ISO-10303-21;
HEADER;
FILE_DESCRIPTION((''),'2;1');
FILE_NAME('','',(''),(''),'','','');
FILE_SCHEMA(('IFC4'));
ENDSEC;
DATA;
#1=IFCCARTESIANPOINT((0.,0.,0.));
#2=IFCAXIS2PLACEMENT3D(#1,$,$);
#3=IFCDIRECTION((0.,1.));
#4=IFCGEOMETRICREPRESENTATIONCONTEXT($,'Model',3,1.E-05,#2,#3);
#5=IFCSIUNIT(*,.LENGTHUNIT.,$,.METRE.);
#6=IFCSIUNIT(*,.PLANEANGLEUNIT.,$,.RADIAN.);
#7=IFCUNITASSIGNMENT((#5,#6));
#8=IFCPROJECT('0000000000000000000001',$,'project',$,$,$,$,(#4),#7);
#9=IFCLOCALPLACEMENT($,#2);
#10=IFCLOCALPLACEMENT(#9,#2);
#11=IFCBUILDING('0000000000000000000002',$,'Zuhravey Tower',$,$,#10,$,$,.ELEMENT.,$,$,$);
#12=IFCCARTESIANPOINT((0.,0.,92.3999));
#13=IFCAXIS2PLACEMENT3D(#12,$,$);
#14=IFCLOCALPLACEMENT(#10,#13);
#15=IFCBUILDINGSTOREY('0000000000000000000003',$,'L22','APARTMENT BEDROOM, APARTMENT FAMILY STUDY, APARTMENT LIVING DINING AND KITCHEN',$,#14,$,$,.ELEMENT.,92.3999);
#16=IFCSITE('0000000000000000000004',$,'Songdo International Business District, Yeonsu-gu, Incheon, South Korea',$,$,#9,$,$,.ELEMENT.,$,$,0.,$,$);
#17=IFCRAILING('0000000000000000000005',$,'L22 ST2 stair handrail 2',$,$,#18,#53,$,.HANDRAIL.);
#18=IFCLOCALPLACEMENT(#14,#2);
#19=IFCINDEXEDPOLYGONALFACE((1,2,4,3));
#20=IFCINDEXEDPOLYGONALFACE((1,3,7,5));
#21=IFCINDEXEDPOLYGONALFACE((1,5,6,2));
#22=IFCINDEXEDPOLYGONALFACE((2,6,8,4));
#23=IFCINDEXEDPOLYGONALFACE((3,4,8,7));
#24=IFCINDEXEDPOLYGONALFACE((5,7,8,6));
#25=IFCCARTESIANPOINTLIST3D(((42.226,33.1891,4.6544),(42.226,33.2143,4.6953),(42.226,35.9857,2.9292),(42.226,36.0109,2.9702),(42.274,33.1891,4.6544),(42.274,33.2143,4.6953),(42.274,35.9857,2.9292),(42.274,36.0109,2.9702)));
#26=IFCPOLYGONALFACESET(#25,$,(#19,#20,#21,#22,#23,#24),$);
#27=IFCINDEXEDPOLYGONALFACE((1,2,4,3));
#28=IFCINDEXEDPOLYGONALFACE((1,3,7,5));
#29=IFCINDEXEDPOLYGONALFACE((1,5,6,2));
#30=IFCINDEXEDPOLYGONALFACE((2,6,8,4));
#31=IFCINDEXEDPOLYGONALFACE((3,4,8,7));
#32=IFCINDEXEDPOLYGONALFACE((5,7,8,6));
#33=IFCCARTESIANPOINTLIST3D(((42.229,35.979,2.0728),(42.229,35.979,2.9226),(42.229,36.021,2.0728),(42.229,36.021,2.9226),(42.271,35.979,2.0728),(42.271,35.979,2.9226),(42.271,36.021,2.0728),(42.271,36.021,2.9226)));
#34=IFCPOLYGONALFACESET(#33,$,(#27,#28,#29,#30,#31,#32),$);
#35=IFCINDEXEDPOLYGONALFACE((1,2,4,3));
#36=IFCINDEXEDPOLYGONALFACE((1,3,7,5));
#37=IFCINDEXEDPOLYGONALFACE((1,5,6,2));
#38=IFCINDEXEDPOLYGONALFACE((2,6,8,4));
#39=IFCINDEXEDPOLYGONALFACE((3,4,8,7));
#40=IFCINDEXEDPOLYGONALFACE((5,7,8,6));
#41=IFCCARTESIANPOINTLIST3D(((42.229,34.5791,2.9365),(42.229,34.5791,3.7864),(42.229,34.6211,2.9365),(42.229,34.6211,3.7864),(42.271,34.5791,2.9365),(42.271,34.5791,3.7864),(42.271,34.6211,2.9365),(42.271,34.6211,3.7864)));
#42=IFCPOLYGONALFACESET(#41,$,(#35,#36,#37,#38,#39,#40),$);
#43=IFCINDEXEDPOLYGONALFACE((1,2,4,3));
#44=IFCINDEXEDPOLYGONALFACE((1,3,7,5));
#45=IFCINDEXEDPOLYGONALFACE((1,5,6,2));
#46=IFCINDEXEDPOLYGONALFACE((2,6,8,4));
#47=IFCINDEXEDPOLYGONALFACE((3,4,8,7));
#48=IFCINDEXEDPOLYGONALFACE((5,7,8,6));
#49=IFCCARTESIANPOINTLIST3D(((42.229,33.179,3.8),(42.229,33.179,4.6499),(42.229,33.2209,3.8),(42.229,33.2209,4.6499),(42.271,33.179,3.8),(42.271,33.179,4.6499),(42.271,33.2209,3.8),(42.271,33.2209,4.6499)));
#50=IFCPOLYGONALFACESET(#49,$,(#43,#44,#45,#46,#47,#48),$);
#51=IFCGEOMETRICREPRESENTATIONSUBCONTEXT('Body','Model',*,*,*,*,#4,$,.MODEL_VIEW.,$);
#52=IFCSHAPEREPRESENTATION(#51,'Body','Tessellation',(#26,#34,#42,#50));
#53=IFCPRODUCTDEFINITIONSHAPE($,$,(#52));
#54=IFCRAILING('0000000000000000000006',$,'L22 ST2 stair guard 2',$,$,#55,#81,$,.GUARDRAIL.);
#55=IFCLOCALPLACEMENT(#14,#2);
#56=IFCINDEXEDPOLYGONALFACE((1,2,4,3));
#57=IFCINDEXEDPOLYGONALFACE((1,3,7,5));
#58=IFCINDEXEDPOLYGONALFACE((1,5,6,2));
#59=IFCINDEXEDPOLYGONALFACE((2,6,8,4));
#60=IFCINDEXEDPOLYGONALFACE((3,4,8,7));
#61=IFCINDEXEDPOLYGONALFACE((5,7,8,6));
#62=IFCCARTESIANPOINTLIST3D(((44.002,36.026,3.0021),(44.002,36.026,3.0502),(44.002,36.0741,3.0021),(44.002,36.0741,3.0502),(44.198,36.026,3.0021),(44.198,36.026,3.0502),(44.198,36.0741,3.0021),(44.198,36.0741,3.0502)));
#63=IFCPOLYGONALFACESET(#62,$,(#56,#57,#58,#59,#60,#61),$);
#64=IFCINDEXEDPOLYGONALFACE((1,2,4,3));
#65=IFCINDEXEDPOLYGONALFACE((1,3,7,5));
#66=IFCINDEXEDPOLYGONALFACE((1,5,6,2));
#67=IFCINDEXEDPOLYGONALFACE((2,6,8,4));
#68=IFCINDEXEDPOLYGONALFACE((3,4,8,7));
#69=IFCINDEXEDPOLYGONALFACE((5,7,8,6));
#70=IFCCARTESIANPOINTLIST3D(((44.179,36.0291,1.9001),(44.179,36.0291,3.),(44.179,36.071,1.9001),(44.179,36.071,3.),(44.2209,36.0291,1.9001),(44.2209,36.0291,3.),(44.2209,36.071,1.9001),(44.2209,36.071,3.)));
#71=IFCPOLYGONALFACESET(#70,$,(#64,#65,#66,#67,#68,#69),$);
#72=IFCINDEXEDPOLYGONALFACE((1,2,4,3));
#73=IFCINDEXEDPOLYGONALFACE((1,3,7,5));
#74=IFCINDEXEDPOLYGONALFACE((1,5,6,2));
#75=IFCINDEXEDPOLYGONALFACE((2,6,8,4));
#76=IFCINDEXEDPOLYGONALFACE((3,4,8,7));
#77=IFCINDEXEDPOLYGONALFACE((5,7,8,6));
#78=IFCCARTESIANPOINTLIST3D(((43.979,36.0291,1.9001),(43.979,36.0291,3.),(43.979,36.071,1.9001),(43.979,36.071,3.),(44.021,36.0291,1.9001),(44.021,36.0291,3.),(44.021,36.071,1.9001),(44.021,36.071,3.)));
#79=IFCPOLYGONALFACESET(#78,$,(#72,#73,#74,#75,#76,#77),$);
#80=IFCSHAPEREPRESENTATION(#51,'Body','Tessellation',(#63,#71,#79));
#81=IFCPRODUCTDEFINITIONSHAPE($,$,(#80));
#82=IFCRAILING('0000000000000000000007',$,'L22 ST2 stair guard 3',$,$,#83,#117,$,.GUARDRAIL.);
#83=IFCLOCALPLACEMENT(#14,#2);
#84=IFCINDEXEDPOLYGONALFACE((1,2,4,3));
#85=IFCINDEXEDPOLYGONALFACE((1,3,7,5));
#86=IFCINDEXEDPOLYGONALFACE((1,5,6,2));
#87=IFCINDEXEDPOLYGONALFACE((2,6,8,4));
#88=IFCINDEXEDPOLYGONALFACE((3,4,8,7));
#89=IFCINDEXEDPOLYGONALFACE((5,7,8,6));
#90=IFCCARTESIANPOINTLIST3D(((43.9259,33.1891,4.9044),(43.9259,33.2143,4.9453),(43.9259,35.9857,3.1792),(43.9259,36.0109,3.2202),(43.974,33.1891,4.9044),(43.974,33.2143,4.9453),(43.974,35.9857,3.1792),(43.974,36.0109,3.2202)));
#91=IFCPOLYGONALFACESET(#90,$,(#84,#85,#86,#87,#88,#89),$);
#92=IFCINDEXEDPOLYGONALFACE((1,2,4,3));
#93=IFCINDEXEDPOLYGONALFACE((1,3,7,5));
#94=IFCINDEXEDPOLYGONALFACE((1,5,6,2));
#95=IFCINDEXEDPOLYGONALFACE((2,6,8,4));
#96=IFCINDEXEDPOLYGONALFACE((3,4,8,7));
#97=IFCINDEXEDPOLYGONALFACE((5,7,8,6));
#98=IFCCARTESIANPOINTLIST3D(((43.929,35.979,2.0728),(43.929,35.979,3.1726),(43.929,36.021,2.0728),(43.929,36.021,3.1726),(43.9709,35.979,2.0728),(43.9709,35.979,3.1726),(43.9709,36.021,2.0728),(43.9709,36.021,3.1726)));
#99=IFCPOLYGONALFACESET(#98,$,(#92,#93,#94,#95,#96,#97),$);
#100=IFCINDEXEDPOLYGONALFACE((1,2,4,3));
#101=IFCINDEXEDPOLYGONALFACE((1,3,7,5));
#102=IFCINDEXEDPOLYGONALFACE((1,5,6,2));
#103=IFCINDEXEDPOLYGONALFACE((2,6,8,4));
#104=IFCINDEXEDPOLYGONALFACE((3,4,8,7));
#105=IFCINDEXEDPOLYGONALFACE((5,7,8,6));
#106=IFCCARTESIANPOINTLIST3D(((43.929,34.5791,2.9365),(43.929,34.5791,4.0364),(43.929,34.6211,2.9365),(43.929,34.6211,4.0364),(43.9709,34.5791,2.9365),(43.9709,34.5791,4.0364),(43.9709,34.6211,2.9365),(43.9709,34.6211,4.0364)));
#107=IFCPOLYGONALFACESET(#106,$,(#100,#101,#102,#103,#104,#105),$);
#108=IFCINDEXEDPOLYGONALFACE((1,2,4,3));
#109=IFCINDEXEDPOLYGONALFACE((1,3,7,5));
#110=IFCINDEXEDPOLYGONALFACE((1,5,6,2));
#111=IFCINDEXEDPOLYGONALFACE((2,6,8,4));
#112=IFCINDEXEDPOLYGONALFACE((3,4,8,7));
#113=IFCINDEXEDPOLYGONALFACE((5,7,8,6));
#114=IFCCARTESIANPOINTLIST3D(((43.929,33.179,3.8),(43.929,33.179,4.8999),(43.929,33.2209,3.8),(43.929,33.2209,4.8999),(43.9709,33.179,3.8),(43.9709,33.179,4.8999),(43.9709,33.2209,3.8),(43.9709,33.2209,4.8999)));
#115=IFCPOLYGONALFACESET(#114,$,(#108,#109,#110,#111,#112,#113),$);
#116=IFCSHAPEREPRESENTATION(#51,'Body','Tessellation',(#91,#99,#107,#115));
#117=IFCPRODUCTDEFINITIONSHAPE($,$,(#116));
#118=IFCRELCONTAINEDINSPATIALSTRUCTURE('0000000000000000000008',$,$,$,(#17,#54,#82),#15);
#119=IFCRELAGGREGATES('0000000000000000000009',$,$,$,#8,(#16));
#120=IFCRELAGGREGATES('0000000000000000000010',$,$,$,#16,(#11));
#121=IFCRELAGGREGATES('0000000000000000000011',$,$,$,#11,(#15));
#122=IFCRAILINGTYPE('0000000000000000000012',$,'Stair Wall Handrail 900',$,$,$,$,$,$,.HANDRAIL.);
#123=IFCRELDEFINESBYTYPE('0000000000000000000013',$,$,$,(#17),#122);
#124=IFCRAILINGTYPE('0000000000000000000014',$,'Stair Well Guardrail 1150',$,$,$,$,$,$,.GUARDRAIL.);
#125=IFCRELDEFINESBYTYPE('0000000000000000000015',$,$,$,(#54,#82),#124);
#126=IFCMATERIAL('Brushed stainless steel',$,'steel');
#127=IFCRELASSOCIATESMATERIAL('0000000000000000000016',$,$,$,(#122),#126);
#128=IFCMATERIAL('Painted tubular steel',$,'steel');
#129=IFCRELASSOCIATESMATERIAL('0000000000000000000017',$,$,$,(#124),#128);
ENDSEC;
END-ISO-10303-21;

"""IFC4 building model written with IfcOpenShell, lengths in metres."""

from ifc_helpers import new_model, si_unit, direction, frame, origin, origin_2d, place, context, subcontext, project, spatial, rectangle, extrude, material, type_object, element, save


model = new_model("IFC4")

# Units and contexts
model_context = context("Model", 3, precision=1e-05, world=origin(), true_north=direction((0.0, 1.0)))
body_context = subcontext(model_context, "Body", "Model", "MODEL_VIEW")
ifc_project = project(units=[si_unit("LENGTHUNIT", "METRE"), si_unit("PLANEANGLEUNIT", "RADIAN")], contexts=[model_context])

# Site, building, storey
site_placement = place(None, origin())
site = spatial("IfcSite", under=ifc_project, at=site_placement, Name="Songdo International Business District, Yeonsu-gu, Incheon, South Korea", CompositionType="ELEMENT", RefElevation=0.0)
building_placement = place(site_placement, origin())
building = spatial("IfcBuilding", under=site, at=building_placement, Name="Zuhravey Tower", CompositionType="ELEMENT")
storey_placement = place(building_placement, frame((0.0, 0.0, 92.3999)))
storey = spatial("IfcBuildingStorey", under=building, at=storey_placement, Name="L22", Description="APARTMENT BEDROOM, APARTMENT FAMILY STUDY, APARTMENT LIVING DINING AND KITCHEN", CompositionType="ELEMENT", Elevation=92.3999)

# Railings
ifc_material_1 = material(Name="Brushed stainless steel", Category="steel")
railing_type_1 = type_object("IfcRailingType", Name="Stair Wall Handrail 900", PredefinedType="HANDRAIL", material=ifc_material_1)
railing_1_placement = place(storey_placement, frame((42.25, 36.0, 2.0728)))
element("IfcRailing", 1, at=railing_1_placement, inside=storey, type_object=railing_type_1, Name="L22 ST2 stair handrail 2", PredefinedType="HANDRAIL", context=body_context, shape_type="SweptSolid", body=[
    extrude(rectangle(XDim=0.0481, YDim=0.0481, at=origin_2d()), frame((0.0, -0.0017, 0.877), z_axis=(0.0, -0.85109, 0.52502), x_axis=(1.0, 0.0, 0.0)), (0.0, 0.0, 1.0), 3.2859),
    extrude(rectangle(XDim=0.042, YDim=0.042, at=origin_2d()), origin(), (0.0, 0.0, 1.0), 0.8499),
    extrude(rectangle(XDim=0.042, YDim=0.042, at=origin_2d()), frame((0.0, -1.3999, 0.8638)), (0.0, 0.0, 1.0), 0.8499),
    extrude(rectangle(XDim=0.042, YDim=0.042, at=origin_2d()), frame((0.0, -2.8, 1.7273)), (0.0, 0.0, 1.0), 0.8499),
])
ifc_material_2 = material(Name="Painted tubular steel", Category="steel")
railing_type_2 = type_object("IfcRailingType", Name="Stair Well Guardrail 1150", PredefinedType="GUARDRAIL", material=ifc_material_2)
railing_2_placement = place(storey_placement, frame((44.2, 36.05, 1.9001)))
element("IfcRailing", 2, at=railing_2_placement, inside=storey, type_object=railing_type_2, Name="L22 ST2 stair guard 2", PredefinedType="GUARDRAIL", context=body_context, shape_type="SweptSolid", body=[
    extrude(rectangle(XDim=0.0481, YDim=0.0481, at=origin_2d()), frame((-0.002, 0.0, 1.126), z_axis=(-1.0, 0.0, 0.0), x_axis=(0.0, -1.0, 0.0)), (0.0, 0.0, 1.0), 0.196),
    extrude(rectangle(XDim=0.042, YDim=0.042, at=origin_2d()), origin(), (0.0, 0.0, 1.0), 1.0999),
    extrude(rectangle(XDim=0.042, YDim=0.042, at=origin_2d()), frame((-0.2, 0.0, 0.0)), (0.0, 0.0, 1.0), 1.0999),
])
railing_3_placement = place(storey_placement, frame((43.95, 36.0, 2.0728)))
element("IfcRailing", 3, at=railing_3_placement, inside=storey, type_object=railing_type_2, Name="L22 ST2 stair guard 3", PredefinedType="GUARDRAIL", context=body_context, shape_type="SweptSolid", body=[
    extrude(rectangle(XDim=0.0481, YDim=0.0481, at=origin_2d()), frame((0.0, -0.0017, 1.127), z_axis=(0.0, -0.85109, 0.52502), x_axis=(1.0, 0.0, 0.0)), (0.0, 0.0, 1.0), 3.2859),
    extrude(rectangle(XDim=0.042, YDim=0.042, at=origin_2d()), origin(), (0.0, 0.0, 1.0), 1.0999),
    extrude(rectangle(XDim=0.042, YDim=0.042, at=origin_2d()), frame((0.0, -1.3999, 0.8638)), (0.0, 0.0, 1.0), 1.0999),
    extrude(rectangle(XDim=0.042, YDim=0.042, at=origin_2d()), frame((0.0, -2.8, 1.7273)), (0.0, 0.0, 1.0), 1.0999),
])

save(model, "model.ifc")
